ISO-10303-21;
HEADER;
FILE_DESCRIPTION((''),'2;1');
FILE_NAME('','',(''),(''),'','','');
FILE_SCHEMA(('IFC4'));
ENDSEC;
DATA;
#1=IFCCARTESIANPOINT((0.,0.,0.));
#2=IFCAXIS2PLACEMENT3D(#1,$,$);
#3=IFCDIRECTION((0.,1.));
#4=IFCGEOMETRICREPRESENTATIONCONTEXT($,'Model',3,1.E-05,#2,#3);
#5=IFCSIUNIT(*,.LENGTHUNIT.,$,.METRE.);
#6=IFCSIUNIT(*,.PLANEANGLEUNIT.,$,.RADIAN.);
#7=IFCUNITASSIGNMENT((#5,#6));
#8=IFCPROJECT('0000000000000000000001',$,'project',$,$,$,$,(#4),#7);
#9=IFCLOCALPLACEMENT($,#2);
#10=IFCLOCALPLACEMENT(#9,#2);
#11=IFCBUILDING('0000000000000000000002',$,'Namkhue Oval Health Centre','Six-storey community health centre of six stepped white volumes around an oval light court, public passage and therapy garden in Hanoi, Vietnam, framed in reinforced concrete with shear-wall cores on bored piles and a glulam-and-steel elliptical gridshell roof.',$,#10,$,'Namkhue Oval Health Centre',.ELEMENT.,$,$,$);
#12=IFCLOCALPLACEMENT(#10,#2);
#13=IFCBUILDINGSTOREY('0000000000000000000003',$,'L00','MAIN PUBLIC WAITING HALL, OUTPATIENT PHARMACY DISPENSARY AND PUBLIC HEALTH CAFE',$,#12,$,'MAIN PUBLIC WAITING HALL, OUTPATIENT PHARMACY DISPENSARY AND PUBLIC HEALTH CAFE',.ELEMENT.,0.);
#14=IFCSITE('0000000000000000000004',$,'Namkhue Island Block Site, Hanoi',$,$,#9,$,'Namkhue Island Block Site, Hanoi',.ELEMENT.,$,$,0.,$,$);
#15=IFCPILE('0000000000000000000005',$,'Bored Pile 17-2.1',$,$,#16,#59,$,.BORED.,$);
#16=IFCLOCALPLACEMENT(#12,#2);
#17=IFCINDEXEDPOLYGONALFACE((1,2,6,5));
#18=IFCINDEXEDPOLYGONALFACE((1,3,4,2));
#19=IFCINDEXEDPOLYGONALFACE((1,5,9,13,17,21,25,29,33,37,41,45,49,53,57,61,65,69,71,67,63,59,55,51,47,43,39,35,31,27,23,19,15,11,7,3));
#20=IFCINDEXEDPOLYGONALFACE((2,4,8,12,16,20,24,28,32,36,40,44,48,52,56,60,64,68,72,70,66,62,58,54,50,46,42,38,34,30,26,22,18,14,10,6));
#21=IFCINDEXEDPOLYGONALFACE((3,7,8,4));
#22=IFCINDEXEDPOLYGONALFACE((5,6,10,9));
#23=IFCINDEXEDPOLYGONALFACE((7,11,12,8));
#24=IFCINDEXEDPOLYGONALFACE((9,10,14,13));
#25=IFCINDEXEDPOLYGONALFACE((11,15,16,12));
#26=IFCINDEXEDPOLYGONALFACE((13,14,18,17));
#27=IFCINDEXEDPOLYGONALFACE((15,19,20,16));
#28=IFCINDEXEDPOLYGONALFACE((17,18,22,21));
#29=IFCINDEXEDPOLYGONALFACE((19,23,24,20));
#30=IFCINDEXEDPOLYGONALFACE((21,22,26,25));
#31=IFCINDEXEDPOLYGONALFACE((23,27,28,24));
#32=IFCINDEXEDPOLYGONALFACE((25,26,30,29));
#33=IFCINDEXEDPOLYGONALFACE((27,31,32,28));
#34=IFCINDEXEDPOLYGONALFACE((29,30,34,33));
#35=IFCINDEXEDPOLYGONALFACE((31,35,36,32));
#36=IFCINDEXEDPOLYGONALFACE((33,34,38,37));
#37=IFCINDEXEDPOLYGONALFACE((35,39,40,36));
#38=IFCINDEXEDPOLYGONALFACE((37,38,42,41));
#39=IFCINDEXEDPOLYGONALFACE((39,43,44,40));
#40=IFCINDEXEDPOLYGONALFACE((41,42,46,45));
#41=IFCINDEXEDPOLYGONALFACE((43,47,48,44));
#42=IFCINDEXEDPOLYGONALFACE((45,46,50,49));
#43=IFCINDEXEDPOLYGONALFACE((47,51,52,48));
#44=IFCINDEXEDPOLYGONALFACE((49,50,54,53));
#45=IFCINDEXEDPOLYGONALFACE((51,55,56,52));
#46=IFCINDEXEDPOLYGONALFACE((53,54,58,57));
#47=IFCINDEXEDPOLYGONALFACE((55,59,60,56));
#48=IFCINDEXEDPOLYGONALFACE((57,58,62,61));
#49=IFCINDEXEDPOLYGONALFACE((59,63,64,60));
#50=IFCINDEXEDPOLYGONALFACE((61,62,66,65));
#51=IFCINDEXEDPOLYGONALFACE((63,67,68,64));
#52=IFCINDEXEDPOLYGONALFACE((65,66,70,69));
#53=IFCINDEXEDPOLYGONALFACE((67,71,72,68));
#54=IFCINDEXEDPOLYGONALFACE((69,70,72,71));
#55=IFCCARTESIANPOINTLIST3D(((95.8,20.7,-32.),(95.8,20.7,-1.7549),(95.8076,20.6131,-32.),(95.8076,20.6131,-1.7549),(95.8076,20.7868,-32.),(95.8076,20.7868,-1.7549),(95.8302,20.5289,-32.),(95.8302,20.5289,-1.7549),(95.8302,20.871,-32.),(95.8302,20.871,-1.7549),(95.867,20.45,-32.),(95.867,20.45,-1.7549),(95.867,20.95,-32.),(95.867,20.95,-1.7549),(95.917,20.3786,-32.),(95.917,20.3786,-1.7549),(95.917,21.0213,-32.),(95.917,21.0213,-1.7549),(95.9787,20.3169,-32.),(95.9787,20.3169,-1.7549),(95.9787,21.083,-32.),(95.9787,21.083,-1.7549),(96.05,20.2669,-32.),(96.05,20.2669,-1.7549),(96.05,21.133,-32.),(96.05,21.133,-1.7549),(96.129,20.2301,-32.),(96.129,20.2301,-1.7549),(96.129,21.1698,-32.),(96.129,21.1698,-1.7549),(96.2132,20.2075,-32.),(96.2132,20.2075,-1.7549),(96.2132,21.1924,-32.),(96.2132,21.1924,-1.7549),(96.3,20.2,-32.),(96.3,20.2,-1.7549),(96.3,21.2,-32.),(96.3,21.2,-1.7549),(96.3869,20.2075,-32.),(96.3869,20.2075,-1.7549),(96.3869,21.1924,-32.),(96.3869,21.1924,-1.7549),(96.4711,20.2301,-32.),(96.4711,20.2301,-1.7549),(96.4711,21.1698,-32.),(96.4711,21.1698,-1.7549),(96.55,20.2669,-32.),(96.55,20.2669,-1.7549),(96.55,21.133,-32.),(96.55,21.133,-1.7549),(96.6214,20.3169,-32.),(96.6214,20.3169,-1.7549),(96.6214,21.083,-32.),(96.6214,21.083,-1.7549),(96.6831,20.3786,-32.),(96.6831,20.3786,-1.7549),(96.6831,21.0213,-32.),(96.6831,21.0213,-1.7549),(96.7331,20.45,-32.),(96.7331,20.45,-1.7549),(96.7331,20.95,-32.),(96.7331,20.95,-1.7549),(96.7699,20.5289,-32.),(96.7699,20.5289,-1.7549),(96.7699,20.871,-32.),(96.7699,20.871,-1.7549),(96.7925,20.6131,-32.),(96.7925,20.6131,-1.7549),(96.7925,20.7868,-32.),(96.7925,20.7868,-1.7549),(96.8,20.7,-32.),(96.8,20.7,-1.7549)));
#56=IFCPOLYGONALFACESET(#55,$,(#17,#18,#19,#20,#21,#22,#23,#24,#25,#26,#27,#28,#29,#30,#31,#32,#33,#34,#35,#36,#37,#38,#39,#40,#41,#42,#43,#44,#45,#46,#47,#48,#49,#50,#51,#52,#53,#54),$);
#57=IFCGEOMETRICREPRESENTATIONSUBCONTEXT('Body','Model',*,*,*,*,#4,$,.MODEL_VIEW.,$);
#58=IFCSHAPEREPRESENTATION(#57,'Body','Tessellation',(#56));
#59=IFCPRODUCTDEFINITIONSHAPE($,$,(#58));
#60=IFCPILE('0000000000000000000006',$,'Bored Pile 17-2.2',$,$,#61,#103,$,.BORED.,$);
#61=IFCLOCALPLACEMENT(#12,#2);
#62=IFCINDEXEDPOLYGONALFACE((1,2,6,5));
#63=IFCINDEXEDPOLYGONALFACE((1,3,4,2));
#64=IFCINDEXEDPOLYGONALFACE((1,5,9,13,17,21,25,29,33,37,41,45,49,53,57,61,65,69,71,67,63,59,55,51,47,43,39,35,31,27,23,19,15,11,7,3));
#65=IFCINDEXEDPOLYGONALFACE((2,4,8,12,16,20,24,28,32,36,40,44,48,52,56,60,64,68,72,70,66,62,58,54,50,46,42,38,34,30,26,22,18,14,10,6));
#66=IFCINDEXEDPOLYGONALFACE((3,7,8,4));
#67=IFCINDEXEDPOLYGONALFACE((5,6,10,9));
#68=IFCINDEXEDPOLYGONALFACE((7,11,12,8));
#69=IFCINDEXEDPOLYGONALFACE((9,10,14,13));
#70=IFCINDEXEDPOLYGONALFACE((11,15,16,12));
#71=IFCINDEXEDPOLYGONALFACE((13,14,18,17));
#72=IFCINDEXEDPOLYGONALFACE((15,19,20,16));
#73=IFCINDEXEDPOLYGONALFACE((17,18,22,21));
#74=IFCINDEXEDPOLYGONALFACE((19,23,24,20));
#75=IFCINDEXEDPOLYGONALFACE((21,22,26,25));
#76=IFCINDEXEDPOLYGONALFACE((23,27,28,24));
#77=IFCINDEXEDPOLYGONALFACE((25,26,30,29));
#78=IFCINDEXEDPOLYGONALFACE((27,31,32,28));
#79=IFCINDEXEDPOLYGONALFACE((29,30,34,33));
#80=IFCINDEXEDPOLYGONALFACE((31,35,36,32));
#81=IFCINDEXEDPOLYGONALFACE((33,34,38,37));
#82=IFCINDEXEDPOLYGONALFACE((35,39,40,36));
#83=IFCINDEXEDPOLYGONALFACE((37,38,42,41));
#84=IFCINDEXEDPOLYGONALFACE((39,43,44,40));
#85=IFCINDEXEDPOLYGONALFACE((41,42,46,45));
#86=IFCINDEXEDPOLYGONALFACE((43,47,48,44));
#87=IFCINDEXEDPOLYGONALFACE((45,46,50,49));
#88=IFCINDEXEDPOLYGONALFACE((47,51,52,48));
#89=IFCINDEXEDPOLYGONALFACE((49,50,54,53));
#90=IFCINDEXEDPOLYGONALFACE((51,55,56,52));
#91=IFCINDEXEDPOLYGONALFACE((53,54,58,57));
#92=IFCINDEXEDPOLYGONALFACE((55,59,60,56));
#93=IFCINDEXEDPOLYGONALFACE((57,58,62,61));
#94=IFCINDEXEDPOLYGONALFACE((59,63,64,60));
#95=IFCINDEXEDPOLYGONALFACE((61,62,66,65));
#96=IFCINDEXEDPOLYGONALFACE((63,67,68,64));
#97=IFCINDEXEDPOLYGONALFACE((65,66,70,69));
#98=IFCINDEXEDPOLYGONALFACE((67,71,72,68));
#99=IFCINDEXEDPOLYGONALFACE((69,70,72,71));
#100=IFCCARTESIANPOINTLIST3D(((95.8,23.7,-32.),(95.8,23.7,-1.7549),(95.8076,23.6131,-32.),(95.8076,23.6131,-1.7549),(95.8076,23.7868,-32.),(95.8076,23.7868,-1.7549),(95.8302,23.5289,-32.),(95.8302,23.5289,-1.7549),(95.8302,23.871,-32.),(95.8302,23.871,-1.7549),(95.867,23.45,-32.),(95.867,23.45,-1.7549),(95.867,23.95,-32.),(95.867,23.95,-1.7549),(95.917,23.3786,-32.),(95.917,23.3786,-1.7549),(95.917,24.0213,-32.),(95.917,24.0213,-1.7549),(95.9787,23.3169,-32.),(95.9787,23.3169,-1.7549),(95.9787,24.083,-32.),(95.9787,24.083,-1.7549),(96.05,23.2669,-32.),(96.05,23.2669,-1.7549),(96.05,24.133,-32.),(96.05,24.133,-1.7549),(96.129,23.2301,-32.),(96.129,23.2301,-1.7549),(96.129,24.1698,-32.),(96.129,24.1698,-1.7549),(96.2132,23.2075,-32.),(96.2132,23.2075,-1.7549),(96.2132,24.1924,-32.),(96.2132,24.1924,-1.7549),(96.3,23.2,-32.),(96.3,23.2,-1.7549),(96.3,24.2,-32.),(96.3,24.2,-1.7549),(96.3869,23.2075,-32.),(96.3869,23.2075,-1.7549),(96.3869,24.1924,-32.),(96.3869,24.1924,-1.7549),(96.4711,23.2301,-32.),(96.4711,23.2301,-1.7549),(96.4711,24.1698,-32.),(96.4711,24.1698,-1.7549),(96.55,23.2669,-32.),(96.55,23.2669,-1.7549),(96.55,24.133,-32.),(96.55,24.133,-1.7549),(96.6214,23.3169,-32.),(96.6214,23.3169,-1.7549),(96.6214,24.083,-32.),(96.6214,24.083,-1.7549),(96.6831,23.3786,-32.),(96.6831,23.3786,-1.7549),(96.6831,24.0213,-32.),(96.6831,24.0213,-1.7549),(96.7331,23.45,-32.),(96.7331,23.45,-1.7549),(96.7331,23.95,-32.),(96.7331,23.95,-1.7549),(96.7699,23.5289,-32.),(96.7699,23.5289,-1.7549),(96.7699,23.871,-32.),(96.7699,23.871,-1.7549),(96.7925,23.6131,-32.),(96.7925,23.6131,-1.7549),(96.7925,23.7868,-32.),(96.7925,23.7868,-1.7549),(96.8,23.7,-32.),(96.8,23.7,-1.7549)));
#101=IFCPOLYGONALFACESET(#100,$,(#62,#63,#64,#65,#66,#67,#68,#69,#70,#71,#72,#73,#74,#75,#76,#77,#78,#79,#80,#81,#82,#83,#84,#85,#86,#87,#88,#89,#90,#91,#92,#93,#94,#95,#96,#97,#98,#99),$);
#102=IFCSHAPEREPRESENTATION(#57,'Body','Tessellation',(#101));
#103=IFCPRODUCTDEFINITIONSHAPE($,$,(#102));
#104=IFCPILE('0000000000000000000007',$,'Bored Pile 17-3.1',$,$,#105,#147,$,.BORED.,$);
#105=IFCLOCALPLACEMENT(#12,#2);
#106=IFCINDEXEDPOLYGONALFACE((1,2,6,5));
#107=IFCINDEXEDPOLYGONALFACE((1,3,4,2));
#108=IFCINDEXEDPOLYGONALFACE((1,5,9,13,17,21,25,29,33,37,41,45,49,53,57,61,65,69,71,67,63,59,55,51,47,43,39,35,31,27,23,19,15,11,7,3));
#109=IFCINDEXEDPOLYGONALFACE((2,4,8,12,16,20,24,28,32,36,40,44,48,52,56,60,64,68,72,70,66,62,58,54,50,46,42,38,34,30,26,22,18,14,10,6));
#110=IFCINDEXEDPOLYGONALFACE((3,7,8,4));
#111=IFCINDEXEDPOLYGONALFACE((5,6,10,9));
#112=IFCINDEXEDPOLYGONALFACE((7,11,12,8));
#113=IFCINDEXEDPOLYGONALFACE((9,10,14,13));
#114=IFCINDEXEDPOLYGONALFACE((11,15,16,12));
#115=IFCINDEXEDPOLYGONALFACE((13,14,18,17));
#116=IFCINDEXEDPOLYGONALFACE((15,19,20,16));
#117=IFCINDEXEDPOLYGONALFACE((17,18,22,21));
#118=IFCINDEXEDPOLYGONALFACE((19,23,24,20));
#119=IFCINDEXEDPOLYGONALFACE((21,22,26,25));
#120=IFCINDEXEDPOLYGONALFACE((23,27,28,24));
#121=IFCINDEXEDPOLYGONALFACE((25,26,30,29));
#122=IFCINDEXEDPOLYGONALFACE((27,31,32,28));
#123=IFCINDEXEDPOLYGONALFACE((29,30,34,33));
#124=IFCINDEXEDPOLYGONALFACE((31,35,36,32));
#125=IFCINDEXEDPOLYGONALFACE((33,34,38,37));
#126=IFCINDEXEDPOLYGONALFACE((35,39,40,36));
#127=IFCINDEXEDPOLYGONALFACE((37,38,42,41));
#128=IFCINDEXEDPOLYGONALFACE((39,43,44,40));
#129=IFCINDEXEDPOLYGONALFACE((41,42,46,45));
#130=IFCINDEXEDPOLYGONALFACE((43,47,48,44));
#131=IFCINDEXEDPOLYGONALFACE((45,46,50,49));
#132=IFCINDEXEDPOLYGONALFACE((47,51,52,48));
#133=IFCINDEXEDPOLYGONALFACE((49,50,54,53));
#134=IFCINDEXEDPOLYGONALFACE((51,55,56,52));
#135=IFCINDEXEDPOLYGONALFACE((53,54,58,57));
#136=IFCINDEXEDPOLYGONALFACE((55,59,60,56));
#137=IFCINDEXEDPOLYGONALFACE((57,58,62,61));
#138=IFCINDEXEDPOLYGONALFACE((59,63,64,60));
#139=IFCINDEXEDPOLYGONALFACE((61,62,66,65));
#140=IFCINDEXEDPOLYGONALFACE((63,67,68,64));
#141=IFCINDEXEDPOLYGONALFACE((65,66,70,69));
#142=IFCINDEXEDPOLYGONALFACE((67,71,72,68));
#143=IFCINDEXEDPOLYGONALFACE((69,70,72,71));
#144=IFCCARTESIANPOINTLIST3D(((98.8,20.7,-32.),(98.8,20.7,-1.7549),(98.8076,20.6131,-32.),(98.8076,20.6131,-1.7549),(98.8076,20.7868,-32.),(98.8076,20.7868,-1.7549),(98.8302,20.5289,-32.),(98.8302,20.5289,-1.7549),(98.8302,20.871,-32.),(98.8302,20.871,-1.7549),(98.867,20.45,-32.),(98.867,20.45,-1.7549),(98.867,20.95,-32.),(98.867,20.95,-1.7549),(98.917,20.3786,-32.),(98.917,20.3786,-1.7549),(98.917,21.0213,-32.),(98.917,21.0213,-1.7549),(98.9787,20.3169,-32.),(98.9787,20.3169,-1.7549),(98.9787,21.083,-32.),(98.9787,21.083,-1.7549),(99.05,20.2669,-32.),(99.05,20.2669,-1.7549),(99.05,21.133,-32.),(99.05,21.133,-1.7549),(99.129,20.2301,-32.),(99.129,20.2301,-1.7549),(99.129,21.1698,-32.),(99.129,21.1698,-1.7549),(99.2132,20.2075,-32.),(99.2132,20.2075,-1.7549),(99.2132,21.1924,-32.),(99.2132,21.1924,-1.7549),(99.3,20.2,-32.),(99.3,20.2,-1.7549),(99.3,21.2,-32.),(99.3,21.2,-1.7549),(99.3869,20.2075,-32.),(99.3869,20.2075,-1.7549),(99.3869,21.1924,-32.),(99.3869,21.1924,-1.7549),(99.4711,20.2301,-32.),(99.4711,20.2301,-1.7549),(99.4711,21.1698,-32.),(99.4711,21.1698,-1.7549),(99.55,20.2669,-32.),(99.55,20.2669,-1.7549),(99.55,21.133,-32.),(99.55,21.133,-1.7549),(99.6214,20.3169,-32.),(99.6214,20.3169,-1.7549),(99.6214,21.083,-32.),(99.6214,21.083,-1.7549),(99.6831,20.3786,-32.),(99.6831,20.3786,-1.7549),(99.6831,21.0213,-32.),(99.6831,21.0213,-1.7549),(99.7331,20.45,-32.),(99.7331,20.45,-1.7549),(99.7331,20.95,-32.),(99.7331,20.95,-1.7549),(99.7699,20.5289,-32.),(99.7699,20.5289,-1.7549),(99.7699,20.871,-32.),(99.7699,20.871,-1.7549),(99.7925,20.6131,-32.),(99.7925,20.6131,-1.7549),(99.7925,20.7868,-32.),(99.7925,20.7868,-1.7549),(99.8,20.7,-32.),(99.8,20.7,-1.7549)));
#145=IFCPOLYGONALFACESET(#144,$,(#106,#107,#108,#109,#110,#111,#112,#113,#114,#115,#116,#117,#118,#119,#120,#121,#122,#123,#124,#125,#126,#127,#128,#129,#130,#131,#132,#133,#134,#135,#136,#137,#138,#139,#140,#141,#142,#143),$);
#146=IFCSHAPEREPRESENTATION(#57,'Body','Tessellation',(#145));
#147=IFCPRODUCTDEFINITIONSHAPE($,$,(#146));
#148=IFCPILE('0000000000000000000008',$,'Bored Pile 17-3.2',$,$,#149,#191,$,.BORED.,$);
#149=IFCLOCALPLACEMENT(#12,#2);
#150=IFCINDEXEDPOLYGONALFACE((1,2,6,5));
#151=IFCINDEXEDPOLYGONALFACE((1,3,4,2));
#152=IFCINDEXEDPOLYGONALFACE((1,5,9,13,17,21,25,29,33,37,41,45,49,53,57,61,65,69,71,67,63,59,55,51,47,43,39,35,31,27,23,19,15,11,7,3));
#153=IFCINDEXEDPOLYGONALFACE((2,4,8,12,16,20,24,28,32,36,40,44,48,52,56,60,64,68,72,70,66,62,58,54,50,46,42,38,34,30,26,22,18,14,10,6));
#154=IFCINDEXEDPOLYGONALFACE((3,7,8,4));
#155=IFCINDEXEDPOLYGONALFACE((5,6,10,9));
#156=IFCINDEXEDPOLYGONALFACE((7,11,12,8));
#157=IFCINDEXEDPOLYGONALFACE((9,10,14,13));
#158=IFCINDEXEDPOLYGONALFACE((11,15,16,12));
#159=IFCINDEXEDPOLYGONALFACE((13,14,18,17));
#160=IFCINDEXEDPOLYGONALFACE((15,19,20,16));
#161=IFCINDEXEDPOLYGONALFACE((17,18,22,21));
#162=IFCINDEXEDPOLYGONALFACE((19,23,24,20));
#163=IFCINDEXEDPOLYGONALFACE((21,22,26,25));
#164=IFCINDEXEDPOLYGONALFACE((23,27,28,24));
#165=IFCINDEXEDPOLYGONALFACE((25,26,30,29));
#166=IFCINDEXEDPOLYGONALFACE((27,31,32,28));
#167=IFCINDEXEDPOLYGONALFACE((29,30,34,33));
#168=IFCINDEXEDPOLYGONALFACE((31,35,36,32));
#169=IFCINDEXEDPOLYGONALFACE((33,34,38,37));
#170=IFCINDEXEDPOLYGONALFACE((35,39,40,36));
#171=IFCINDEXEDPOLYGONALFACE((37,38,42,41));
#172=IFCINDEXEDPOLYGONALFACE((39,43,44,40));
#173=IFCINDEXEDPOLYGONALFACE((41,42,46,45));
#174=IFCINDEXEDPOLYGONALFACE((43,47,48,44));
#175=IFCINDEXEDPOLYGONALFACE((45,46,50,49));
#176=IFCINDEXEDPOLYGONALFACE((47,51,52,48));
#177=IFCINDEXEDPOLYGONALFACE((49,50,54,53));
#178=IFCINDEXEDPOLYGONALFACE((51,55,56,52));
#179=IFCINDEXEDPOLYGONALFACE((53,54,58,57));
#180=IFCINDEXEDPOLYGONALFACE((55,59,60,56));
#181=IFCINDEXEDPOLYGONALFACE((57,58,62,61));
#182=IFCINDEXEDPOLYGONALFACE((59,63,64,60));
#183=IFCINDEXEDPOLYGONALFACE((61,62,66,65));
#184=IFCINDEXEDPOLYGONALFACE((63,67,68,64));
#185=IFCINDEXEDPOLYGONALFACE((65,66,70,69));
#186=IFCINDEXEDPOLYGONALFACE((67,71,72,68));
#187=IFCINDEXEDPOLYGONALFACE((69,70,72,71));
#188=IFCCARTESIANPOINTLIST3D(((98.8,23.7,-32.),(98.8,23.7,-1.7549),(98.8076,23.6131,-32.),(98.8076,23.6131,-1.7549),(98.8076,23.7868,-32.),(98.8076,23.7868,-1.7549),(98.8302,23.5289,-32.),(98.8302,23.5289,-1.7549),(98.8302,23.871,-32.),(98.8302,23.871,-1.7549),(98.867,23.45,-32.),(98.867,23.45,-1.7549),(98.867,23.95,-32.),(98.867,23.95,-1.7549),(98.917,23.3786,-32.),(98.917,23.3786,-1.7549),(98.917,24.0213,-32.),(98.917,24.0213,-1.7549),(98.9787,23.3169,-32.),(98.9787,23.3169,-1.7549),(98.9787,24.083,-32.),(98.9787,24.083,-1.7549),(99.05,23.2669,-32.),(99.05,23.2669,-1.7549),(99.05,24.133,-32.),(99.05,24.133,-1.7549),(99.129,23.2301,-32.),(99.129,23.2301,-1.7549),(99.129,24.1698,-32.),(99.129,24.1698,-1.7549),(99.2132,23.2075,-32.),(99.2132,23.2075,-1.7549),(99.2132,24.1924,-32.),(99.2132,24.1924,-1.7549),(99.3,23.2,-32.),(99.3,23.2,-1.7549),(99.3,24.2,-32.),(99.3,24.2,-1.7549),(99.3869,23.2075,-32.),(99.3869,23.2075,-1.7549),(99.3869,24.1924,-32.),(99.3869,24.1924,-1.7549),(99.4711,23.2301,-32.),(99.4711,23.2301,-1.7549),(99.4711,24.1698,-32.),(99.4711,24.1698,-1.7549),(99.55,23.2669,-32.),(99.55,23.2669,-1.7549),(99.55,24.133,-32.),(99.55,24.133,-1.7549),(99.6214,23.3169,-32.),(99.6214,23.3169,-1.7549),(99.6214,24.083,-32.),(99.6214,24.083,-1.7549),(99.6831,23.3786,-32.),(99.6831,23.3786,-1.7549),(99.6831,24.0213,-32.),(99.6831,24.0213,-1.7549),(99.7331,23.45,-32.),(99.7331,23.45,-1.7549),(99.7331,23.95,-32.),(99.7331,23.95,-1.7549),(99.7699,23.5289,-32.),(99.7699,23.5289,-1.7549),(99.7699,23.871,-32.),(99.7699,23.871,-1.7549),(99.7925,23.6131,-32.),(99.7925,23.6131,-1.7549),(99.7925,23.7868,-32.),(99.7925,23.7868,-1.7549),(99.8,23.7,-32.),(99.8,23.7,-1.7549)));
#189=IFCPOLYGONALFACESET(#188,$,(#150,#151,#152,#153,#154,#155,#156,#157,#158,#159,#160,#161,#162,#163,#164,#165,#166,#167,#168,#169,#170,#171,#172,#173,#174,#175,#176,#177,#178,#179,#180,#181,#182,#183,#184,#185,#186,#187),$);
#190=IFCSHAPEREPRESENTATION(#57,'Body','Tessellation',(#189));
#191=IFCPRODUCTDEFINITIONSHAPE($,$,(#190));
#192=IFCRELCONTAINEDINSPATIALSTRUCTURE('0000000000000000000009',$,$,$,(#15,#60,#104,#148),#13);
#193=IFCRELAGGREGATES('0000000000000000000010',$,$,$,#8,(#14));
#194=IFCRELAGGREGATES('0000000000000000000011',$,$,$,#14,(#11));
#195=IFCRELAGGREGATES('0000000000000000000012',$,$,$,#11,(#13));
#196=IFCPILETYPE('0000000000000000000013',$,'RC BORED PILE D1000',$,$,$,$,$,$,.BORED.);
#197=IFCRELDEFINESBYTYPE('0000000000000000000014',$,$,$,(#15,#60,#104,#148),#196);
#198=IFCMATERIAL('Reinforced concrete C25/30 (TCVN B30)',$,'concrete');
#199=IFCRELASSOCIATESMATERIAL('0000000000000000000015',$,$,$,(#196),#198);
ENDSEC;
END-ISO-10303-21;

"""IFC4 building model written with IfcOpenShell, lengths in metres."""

from ifc_helpers import new_model, si_unit, direction, frame, origin, origin_2d, place, context, subcontext, project, spatial, circle, extrude, material, material_profile, profile_set, type_object, element, save


model = new_model("IFC4")

# Units and contexts
model_context = context("Model", 3, precision=1e-05, world=origin(), true_north=direction((0.0, 1.0)))
body_context = subcontext(model_context, "Body", "Model", "MODEL_VIEW")
ifc_project = project(units=[si_unit("LENGTHUNIT", "METRE"), si_unit("PLANEANGLEUNIT", "RADIAN")], contexts=[model_context])

# Site, building, storey
site_placement = place(None, origin())
site = spatial("IfcSite", under=ifc_project, at=site_placement, Name="Namkhue Island Block Site, Hanoi", LongName="Namkhue Island Block Site, Hanoi", CompositionType="ELEMENT", RefElevation=0.0)
building_placement = place(site_placement, origin())
building = spatial("IfcBuilding", under=site, at=building_placement, Name="Namkhue Oval Health Centre", Description="Six-storey community health centre of six stepped white volumes around an oval light court, public passage and therapy garden in Hanoi, Vietnam, framed in reinforced concrete with shear-wall cores on bored piles and a glulam-and-steel elliptical gridshell roof.", LongName="Namkhue Oval Health Centre", CompositionType="ELEMENT")
storey_placement = place(building_placement, origin())
storey = spatial("IfcBuildingStorey", under=building, at=storey_placement, Name="L00", Description="MAIN PUBLIC WAITING HALL, OUTPATIENT PHARMACY DISPENSARY AND PUBLIC HEALTH CAFE", LongName="MAIN PUBLIC WAITING HALL, OUTPATIENT PHARMACY DISPENSARY AND PUBLIC HEALTH CAFE", CompositionType="ELEMENT", Elevation=0.0)

# Piles
ifc_material_1 = material(Name="Reinforced concrete C25/30 (TCVN B30)", Category="concrete")
ifc_material_profile_1 = material_profile(ifc_material_1, circle(Radius=0.5, at=origin_2d()), Name="BORED PILE D1000")
ifc_profile_set_1 = profile_set([ifc_material_profile_1], Name="Reinforced concrete C25/30 (TCVN B30)")
pile_type = type_object("IfcPileType", Name="RC BORED PILE D1000", PredefinedType="BORED", material=ifc_profile_set_1)
for number, where, z_axis, x_axis, name in (
    (1, (96.3, 20.7, -1.7549), (0.0, 0.0, -1.0), (1.0, 0.0, 0.0), "Bored Pile 17-2.1"),
    (2, (96.3, 23.7, -1.7549), (0.0, 0.0, -1.0), (1.0, 0.0, 0.0), "Bored Pile 17-2.2"),
    (3, (99.3, 20.7, -1.7549), (0.0, 0.0, -1.0), (1.0, 0.0, 0.0), "Bored Pile 17-3.1"),
    (4, (99.3, 23.7, -1.7549), (0.0, 0.0, -1.0), (1.0, 0.0, 0.0), "Bored Pile 17-3.2"),
):
    element("IfcPile", number, at=place(storey_placement, frame(where, z_axis=z_axis, x_axis=x_axis)), inside=storey, type_object=pile_type, Name=name, PredefinedType="BORED", context=body_context, shape_type="SweptSolid", body=[
        extrude(circle(Radius=0.5, at=origin_2d()), origin(), (0.0, 0.0, 1.0), 30.2451),
    ])

save(model, "model.ifc")
